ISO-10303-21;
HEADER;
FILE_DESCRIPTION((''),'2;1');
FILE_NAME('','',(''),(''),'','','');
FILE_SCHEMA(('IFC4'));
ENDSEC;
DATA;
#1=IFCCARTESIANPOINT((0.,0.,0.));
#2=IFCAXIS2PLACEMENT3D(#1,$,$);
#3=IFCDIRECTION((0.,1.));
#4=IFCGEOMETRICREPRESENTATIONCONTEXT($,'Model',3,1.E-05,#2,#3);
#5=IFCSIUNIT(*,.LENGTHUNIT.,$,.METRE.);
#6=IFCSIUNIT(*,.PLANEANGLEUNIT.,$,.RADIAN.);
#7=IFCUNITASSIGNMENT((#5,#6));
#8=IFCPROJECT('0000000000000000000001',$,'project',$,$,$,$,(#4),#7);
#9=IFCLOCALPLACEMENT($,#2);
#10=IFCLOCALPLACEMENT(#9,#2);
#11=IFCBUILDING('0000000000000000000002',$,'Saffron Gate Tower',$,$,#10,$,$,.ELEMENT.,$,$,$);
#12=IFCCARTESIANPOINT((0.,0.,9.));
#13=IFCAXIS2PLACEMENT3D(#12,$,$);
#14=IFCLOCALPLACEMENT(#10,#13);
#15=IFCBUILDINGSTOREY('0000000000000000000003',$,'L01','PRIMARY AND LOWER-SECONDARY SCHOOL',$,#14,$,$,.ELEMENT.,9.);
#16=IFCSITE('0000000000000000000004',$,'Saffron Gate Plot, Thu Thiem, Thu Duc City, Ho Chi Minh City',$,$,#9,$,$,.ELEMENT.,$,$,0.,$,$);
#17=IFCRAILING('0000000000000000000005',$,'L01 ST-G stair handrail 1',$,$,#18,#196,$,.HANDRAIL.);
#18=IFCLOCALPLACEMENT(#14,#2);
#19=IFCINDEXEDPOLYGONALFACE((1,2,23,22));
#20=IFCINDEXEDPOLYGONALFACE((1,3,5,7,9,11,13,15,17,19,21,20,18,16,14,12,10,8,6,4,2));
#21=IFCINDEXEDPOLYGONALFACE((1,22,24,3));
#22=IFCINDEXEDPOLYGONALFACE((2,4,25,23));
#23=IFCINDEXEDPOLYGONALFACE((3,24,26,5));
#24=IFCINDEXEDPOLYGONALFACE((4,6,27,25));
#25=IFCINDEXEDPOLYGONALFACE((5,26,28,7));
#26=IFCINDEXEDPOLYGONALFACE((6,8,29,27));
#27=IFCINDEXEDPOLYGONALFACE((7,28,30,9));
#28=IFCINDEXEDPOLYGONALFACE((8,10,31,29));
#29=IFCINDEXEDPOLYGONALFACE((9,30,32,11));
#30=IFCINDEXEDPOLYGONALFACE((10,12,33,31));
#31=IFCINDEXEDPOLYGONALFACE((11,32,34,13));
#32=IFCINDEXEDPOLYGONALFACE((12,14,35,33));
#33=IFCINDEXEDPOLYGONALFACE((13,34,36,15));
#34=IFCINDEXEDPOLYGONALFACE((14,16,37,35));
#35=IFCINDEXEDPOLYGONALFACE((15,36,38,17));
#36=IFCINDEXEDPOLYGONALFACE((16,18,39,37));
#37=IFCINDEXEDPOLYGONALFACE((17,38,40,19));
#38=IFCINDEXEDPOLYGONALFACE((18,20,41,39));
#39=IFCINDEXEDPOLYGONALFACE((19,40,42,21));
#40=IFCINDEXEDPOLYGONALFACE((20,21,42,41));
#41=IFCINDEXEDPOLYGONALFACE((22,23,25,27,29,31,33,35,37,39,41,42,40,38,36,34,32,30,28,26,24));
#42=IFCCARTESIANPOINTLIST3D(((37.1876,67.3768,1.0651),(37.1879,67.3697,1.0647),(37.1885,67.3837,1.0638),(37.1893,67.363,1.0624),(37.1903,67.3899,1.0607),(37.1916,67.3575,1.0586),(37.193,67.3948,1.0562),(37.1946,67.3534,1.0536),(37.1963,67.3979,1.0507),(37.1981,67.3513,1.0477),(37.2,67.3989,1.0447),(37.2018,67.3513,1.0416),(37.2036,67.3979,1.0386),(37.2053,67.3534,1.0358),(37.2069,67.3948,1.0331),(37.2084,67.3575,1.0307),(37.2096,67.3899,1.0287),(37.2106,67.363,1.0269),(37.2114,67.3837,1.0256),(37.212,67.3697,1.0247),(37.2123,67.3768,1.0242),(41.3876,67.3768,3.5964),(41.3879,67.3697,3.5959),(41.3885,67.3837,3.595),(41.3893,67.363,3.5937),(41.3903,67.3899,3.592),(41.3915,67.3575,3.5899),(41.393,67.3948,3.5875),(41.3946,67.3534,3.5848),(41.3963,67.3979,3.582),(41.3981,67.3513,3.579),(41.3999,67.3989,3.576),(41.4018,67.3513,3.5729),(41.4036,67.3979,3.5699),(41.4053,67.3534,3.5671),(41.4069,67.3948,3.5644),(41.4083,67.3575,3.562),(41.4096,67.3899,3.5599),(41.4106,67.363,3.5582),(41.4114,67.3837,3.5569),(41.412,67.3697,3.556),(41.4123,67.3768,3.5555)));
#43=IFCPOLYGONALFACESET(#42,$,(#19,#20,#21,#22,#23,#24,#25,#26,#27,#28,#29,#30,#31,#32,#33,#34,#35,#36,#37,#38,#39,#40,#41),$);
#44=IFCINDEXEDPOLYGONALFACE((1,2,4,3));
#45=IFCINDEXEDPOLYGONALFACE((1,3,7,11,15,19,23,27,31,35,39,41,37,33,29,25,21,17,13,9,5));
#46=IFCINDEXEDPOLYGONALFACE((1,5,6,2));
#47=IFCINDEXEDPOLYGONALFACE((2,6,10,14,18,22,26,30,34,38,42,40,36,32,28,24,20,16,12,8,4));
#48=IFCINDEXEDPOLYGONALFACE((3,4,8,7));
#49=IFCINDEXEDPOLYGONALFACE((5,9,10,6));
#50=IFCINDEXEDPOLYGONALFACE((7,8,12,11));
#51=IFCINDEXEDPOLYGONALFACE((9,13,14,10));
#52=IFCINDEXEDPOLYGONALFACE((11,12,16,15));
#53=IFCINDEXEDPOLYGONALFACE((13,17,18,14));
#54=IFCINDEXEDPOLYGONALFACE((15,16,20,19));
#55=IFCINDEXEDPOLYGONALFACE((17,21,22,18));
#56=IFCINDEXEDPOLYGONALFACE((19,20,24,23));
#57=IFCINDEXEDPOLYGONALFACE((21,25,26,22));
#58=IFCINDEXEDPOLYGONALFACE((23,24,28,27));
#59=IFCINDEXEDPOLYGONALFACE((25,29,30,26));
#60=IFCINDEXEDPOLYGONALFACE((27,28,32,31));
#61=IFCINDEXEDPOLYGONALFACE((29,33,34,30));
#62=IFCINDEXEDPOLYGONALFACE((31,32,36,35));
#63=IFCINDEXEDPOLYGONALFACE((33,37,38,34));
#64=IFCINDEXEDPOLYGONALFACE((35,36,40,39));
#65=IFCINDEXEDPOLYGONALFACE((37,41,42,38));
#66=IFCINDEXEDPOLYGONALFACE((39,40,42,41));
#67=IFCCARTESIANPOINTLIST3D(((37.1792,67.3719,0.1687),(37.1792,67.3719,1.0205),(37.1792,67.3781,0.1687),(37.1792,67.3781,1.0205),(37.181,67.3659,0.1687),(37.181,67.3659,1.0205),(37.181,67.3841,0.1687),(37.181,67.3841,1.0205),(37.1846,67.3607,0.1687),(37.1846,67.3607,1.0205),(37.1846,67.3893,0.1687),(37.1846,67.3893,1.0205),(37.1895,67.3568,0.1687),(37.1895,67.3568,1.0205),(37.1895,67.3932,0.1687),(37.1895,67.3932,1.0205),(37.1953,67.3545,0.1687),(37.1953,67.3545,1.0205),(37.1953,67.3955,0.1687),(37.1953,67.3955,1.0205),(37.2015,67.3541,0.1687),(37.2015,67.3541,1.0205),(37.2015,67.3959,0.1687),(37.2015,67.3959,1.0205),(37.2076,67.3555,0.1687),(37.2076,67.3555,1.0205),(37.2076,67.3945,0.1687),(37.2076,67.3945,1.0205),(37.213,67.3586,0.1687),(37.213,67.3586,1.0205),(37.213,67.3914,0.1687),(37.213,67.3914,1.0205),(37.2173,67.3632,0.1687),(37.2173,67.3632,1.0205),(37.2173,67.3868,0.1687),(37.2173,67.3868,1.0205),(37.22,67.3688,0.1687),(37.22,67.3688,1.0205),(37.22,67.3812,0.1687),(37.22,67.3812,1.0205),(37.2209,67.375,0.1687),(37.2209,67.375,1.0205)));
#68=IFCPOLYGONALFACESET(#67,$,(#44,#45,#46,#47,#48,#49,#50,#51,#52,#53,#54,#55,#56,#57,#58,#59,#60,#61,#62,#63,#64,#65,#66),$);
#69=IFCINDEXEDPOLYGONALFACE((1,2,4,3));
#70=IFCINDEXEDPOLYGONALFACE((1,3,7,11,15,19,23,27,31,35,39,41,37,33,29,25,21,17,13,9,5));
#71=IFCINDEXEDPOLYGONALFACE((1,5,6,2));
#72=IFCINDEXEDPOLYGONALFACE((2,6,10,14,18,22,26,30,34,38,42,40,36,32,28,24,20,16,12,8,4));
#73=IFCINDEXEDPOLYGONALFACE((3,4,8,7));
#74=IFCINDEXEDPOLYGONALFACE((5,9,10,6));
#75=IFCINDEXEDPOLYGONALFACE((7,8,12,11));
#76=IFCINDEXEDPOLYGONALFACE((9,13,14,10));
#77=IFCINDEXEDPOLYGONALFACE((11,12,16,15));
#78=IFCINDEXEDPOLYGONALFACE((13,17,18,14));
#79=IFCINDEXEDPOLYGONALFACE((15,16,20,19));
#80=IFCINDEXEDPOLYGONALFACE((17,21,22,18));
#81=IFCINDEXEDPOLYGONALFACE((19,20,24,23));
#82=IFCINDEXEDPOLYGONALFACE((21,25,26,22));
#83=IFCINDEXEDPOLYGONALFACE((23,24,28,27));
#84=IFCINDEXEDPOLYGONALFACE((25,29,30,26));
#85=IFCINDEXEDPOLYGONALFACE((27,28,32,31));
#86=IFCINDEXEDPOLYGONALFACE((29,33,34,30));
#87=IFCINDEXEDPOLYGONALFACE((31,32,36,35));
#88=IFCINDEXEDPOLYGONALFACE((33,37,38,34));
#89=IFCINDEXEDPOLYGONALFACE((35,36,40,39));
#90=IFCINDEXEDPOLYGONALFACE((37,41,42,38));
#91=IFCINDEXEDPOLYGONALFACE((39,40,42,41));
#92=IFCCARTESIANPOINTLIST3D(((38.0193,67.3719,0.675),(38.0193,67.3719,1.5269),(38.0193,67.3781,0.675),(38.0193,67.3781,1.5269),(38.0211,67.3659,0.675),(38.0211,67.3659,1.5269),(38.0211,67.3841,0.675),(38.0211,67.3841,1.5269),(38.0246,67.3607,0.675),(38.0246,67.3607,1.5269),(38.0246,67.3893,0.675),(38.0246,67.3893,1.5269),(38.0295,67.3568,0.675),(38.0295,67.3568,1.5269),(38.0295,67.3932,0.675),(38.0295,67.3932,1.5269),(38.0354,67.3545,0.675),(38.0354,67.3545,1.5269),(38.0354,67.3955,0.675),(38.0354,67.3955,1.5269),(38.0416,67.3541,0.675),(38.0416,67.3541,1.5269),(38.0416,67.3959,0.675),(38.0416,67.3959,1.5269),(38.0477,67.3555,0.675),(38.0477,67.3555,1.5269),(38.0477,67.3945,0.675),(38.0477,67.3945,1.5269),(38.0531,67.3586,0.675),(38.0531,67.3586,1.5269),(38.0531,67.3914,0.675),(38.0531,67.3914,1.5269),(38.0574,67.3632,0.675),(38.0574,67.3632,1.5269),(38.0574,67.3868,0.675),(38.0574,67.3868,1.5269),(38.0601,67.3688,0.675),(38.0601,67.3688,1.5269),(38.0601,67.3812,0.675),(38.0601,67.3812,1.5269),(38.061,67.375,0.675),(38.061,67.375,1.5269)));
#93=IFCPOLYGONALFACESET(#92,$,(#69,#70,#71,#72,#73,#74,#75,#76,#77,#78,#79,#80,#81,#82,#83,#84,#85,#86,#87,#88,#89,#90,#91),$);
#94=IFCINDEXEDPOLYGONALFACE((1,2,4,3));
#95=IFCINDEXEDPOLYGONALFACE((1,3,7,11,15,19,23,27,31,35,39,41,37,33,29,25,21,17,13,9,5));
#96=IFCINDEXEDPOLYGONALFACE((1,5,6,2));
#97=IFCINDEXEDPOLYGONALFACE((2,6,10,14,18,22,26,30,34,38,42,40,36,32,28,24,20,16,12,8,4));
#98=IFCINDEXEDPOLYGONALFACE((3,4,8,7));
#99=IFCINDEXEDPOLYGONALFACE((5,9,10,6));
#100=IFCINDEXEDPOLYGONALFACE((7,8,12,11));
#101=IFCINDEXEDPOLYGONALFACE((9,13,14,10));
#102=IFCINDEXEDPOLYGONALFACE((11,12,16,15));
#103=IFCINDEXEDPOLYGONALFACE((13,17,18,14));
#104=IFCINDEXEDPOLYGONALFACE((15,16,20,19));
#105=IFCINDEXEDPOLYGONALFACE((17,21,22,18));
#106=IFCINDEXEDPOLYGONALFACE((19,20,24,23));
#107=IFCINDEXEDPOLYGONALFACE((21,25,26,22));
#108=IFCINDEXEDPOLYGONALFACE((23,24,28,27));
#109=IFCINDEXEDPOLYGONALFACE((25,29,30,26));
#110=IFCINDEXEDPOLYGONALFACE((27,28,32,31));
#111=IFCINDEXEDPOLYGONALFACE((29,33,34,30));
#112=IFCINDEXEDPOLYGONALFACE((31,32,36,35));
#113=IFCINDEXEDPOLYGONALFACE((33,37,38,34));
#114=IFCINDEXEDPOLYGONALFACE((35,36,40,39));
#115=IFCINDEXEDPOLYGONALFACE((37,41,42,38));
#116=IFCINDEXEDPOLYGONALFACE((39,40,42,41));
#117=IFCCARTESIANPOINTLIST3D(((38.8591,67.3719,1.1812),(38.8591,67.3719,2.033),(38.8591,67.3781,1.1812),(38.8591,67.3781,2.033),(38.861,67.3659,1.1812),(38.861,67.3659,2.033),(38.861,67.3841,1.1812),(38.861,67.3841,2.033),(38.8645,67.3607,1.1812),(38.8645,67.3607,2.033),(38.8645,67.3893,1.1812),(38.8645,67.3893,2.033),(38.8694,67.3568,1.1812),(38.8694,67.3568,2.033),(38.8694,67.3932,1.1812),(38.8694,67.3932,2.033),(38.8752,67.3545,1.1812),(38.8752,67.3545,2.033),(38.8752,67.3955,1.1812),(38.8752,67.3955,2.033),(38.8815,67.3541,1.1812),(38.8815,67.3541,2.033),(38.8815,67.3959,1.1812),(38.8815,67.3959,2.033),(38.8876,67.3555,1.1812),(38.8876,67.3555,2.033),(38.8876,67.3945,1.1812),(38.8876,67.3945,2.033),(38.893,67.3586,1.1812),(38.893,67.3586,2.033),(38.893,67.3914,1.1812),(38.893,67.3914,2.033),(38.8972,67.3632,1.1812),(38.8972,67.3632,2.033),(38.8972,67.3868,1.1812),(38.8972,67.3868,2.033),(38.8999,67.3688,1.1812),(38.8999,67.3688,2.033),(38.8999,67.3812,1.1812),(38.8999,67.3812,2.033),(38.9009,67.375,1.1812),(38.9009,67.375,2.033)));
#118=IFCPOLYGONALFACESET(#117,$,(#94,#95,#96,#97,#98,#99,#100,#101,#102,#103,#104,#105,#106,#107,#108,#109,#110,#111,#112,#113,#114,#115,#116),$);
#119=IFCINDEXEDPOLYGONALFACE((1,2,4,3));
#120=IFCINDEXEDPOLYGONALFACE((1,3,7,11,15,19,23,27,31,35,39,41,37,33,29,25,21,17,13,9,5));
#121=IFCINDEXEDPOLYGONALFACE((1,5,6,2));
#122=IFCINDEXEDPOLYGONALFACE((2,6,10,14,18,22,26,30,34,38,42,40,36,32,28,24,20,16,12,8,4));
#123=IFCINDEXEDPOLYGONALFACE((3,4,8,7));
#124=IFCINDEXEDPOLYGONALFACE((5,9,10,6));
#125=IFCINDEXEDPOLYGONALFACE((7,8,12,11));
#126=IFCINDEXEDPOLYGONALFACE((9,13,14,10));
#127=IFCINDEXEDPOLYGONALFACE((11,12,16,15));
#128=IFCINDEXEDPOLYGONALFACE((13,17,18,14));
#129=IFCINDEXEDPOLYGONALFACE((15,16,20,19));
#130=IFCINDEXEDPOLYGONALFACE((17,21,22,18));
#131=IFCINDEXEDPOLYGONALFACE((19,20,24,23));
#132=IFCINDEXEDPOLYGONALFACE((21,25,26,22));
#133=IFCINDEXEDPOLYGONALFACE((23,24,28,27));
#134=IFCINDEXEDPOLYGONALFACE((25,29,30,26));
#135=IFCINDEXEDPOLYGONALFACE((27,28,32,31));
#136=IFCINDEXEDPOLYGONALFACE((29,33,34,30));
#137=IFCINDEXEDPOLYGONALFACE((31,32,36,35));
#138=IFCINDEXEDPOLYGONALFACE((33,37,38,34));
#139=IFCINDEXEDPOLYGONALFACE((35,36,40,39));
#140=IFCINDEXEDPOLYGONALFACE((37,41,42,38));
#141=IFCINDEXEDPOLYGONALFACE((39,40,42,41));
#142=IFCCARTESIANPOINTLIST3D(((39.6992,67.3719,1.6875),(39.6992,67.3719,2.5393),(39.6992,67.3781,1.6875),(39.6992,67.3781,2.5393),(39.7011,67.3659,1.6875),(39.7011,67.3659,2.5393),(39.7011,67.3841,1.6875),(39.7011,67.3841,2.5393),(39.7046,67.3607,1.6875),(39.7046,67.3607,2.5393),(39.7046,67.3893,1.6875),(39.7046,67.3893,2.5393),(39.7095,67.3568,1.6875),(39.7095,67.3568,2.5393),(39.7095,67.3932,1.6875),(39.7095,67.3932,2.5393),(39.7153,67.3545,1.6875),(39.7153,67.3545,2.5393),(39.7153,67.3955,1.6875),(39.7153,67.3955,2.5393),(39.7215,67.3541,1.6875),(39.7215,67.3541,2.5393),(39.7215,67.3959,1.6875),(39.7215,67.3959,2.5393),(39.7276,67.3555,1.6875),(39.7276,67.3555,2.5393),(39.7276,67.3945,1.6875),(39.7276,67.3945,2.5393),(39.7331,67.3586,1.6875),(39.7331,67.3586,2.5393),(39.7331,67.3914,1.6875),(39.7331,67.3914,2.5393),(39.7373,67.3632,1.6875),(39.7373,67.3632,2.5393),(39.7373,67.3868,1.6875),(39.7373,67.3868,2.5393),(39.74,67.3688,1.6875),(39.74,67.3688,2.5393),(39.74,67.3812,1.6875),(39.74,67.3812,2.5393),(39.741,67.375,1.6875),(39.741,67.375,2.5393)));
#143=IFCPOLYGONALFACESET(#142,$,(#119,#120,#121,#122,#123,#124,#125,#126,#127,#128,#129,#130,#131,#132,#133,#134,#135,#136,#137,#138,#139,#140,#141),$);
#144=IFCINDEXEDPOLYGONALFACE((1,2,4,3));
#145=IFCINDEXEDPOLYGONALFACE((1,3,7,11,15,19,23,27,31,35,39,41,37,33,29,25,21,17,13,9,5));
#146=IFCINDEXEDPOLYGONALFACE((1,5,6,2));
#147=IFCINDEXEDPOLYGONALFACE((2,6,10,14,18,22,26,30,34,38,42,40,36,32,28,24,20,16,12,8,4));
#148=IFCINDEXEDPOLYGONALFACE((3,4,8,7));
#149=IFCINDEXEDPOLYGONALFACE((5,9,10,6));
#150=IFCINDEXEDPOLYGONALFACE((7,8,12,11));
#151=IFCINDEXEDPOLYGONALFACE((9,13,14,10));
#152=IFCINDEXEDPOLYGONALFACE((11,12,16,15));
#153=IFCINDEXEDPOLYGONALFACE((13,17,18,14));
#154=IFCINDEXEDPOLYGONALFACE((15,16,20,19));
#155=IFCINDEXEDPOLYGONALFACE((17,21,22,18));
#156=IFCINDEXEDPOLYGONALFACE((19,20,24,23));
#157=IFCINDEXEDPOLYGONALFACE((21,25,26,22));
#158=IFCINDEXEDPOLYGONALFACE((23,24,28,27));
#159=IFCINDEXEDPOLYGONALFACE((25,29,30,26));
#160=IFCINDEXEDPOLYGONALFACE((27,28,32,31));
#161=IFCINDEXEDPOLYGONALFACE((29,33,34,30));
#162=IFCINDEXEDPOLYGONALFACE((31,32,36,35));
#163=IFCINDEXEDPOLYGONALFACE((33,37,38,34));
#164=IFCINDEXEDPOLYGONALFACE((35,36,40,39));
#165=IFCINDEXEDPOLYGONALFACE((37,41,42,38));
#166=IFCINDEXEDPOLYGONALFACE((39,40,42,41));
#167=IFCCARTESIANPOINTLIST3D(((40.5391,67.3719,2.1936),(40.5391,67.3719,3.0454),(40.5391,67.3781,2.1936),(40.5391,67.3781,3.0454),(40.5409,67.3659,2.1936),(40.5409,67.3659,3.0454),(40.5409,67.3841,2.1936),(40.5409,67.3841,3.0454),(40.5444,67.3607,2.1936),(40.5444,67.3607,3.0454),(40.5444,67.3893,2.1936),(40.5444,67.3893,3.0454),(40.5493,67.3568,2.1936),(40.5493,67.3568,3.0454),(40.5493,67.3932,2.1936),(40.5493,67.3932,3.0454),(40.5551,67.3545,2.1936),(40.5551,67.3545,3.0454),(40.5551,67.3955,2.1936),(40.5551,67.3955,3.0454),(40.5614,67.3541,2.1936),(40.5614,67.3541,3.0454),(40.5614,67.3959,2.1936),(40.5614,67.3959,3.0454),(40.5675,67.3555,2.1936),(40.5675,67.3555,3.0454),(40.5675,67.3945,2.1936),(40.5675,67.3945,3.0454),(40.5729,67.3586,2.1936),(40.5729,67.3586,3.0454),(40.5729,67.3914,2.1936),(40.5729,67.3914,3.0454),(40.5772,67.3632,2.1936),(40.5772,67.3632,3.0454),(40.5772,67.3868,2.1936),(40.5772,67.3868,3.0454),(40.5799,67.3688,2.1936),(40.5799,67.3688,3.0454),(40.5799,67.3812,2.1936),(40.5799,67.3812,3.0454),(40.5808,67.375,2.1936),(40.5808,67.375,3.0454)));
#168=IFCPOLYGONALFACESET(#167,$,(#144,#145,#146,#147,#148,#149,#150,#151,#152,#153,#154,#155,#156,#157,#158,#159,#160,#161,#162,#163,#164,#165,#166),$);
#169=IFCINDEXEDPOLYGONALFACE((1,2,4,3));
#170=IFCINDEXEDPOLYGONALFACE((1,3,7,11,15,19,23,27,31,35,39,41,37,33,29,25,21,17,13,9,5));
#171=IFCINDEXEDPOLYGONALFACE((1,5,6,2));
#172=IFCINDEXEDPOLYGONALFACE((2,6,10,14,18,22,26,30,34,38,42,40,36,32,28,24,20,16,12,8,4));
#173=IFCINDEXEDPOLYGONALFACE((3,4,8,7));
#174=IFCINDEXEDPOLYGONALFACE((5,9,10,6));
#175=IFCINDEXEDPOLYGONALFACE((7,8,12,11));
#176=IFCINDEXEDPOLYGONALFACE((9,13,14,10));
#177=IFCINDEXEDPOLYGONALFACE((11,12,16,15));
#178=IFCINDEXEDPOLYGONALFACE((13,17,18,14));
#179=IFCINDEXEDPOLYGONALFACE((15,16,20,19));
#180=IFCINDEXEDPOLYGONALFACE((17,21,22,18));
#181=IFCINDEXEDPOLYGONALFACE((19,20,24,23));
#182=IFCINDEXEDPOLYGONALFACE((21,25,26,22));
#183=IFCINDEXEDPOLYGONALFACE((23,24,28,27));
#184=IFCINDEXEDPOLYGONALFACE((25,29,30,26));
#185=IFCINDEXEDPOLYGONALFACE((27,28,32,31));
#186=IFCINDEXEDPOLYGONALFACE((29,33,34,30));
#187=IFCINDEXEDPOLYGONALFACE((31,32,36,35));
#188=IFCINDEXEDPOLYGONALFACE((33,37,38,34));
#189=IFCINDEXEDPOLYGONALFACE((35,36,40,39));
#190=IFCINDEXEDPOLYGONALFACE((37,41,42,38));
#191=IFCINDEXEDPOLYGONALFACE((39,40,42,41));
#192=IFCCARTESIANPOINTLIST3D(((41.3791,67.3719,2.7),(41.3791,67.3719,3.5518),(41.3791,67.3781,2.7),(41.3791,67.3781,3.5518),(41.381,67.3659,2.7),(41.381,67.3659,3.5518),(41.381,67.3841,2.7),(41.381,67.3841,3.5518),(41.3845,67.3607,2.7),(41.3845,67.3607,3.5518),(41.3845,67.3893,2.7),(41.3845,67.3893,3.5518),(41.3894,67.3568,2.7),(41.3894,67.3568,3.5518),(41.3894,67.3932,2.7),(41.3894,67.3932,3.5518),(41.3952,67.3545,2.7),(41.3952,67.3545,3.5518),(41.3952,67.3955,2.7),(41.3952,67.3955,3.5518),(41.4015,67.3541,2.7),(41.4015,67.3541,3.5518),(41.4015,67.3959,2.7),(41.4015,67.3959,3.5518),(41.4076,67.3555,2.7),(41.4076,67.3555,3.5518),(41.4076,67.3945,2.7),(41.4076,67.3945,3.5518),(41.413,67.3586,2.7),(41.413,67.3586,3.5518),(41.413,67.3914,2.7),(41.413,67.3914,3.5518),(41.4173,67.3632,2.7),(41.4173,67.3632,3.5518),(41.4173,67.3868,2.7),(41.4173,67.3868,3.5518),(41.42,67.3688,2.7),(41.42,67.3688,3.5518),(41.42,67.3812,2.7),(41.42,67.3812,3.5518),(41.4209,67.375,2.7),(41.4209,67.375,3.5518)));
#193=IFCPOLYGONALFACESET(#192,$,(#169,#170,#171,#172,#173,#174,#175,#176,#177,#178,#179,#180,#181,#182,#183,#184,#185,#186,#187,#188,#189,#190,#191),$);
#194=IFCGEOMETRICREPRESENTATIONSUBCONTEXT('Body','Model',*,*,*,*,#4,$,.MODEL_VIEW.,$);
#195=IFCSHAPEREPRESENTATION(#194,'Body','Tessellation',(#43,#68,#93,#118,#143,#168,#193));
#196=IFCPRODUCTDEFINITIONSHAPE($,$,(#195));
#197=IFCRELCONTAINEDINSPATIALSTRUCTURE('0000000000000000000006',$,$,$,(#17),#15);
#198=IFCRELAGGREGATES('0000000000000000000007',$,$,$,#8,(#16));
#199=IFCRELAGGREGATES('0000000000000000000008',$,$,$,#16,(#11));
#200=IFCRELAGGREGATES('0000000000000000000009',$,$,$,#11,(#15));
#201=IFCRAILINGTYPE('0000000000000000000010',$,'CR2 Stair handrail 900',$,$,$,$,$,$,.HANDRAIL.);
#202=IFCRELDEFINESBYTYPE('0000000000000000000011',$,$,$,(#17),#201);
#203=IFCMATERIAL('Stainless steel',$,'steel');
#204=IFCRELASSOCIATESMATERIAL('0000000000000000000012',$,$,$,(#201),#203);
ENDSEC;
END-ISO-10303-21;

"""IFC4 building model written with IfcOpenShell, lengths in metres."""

from ifc_helpers import new_model, si_unit, direction, frame, origin, origin_2d, place, context, subcontext, project, spatial, circle, extrude, material, type_object, element, save


model = new_model("IFC4")

# Units and contexts
model_context = context("Model", 3, precision=1e-05, world=origin(), true_north=direction((0.0, 1.0)))
body_context = subcontext(model_context, "Body", "Model", "MODEL_VIEW")
ifc_project = project(units=[si_unit("LENGTHUNIT", "METRE"), si_unit("PLANEANGLEUNIT", "RADIAN")], contexts=[model_context])

# Site, building, storey
site_placement = place(None, origin())
site = spatial("IfcSite", under=ifc_project, at=site_placement, Name="Saffron Gate Plot, Thu Thiem, Thu Duc City, Ho Chi Minh City", CompositionType="ELEMENT", RefElevation=0.0)
building_placement = place(site_placement, origin())
building = spatial("IfcBuilding", under=site, at=building_placement, Name="Saffron Gate Tower", CompositionType="ELEMENT")
storey_placement = place(building_placement, frame((0.0, 0.0, 9.0)))
storey = spatial("IfcBuildingStorey", under=building, at=storey_placement, Name="L01", Description="PRIMARY AND LOWER-SECONDARY SCHOOL", CompositionType="ELEMENT", Elevation=9.0)

# Railing
ifc_material_1 = material(Name="Stainless steel", Category="steel")
railing_type_1 = type_object("IfcRailingType", Name="CR2 Stair handrail 900", PredefinedType="HANDRAIL", material=ifc_material_1)
railing_1_placement = place(storey_placement, frame((37.2, 67.375, 0.1687)))
element("IfcRailing", 1, at=railing_1_placement, inside=storey, type_object=railing_type_1, Name="L01 ST-G stair handrail 1", PredefinedType="HANDRAIL", context=body_context, shape_type="SweptSolid", body=[
    extrude(circle(Radius=0.0239, at=origin_2d()), frame((0.0, 0.0, 0.876), z_axis=(0.856476, 0.0, 0.516186), x_axis=(0.0, 1.0, 0.0)), (0.0, 0.0, 1.0), 4.9038),
    extrude(circle(Radius=0.021, at=origin_2d()), origin(), (0.0, 0.0, 1.0), 0.8518),
    extrude(circle(Radius=0.021, at=origin_2d()), frame((0.8401, 0.0, 0.5063)), (0.0, 0.0, 1.0), 0.8518),
    extrude(circle(Radius=0.021, at=origin_2d()), frame((1.6799, 0.0, 1.0125)), (0.0, 0.0, 1.0), 0.8518),
    extrude(circle(Radius=0.021, at=origin_2d()), frame((2.52, 0.0, 1.5188)), (0.0, 0.0, 1.0), 0.8518),
    extrude(circle(Radius=0.021, at=origin_2d()), frame((3.3599, 0.0, 2.0249)), (0.0, 0.0, 1.0), 0.8518),
    extrude(circle(Radius=0.021, at=origin_2d()), frame((4.2, 0.0, 2.5312)), (0.0, 0.0, 1.0), 0.8518),
])

save(model, "model.ifc")
